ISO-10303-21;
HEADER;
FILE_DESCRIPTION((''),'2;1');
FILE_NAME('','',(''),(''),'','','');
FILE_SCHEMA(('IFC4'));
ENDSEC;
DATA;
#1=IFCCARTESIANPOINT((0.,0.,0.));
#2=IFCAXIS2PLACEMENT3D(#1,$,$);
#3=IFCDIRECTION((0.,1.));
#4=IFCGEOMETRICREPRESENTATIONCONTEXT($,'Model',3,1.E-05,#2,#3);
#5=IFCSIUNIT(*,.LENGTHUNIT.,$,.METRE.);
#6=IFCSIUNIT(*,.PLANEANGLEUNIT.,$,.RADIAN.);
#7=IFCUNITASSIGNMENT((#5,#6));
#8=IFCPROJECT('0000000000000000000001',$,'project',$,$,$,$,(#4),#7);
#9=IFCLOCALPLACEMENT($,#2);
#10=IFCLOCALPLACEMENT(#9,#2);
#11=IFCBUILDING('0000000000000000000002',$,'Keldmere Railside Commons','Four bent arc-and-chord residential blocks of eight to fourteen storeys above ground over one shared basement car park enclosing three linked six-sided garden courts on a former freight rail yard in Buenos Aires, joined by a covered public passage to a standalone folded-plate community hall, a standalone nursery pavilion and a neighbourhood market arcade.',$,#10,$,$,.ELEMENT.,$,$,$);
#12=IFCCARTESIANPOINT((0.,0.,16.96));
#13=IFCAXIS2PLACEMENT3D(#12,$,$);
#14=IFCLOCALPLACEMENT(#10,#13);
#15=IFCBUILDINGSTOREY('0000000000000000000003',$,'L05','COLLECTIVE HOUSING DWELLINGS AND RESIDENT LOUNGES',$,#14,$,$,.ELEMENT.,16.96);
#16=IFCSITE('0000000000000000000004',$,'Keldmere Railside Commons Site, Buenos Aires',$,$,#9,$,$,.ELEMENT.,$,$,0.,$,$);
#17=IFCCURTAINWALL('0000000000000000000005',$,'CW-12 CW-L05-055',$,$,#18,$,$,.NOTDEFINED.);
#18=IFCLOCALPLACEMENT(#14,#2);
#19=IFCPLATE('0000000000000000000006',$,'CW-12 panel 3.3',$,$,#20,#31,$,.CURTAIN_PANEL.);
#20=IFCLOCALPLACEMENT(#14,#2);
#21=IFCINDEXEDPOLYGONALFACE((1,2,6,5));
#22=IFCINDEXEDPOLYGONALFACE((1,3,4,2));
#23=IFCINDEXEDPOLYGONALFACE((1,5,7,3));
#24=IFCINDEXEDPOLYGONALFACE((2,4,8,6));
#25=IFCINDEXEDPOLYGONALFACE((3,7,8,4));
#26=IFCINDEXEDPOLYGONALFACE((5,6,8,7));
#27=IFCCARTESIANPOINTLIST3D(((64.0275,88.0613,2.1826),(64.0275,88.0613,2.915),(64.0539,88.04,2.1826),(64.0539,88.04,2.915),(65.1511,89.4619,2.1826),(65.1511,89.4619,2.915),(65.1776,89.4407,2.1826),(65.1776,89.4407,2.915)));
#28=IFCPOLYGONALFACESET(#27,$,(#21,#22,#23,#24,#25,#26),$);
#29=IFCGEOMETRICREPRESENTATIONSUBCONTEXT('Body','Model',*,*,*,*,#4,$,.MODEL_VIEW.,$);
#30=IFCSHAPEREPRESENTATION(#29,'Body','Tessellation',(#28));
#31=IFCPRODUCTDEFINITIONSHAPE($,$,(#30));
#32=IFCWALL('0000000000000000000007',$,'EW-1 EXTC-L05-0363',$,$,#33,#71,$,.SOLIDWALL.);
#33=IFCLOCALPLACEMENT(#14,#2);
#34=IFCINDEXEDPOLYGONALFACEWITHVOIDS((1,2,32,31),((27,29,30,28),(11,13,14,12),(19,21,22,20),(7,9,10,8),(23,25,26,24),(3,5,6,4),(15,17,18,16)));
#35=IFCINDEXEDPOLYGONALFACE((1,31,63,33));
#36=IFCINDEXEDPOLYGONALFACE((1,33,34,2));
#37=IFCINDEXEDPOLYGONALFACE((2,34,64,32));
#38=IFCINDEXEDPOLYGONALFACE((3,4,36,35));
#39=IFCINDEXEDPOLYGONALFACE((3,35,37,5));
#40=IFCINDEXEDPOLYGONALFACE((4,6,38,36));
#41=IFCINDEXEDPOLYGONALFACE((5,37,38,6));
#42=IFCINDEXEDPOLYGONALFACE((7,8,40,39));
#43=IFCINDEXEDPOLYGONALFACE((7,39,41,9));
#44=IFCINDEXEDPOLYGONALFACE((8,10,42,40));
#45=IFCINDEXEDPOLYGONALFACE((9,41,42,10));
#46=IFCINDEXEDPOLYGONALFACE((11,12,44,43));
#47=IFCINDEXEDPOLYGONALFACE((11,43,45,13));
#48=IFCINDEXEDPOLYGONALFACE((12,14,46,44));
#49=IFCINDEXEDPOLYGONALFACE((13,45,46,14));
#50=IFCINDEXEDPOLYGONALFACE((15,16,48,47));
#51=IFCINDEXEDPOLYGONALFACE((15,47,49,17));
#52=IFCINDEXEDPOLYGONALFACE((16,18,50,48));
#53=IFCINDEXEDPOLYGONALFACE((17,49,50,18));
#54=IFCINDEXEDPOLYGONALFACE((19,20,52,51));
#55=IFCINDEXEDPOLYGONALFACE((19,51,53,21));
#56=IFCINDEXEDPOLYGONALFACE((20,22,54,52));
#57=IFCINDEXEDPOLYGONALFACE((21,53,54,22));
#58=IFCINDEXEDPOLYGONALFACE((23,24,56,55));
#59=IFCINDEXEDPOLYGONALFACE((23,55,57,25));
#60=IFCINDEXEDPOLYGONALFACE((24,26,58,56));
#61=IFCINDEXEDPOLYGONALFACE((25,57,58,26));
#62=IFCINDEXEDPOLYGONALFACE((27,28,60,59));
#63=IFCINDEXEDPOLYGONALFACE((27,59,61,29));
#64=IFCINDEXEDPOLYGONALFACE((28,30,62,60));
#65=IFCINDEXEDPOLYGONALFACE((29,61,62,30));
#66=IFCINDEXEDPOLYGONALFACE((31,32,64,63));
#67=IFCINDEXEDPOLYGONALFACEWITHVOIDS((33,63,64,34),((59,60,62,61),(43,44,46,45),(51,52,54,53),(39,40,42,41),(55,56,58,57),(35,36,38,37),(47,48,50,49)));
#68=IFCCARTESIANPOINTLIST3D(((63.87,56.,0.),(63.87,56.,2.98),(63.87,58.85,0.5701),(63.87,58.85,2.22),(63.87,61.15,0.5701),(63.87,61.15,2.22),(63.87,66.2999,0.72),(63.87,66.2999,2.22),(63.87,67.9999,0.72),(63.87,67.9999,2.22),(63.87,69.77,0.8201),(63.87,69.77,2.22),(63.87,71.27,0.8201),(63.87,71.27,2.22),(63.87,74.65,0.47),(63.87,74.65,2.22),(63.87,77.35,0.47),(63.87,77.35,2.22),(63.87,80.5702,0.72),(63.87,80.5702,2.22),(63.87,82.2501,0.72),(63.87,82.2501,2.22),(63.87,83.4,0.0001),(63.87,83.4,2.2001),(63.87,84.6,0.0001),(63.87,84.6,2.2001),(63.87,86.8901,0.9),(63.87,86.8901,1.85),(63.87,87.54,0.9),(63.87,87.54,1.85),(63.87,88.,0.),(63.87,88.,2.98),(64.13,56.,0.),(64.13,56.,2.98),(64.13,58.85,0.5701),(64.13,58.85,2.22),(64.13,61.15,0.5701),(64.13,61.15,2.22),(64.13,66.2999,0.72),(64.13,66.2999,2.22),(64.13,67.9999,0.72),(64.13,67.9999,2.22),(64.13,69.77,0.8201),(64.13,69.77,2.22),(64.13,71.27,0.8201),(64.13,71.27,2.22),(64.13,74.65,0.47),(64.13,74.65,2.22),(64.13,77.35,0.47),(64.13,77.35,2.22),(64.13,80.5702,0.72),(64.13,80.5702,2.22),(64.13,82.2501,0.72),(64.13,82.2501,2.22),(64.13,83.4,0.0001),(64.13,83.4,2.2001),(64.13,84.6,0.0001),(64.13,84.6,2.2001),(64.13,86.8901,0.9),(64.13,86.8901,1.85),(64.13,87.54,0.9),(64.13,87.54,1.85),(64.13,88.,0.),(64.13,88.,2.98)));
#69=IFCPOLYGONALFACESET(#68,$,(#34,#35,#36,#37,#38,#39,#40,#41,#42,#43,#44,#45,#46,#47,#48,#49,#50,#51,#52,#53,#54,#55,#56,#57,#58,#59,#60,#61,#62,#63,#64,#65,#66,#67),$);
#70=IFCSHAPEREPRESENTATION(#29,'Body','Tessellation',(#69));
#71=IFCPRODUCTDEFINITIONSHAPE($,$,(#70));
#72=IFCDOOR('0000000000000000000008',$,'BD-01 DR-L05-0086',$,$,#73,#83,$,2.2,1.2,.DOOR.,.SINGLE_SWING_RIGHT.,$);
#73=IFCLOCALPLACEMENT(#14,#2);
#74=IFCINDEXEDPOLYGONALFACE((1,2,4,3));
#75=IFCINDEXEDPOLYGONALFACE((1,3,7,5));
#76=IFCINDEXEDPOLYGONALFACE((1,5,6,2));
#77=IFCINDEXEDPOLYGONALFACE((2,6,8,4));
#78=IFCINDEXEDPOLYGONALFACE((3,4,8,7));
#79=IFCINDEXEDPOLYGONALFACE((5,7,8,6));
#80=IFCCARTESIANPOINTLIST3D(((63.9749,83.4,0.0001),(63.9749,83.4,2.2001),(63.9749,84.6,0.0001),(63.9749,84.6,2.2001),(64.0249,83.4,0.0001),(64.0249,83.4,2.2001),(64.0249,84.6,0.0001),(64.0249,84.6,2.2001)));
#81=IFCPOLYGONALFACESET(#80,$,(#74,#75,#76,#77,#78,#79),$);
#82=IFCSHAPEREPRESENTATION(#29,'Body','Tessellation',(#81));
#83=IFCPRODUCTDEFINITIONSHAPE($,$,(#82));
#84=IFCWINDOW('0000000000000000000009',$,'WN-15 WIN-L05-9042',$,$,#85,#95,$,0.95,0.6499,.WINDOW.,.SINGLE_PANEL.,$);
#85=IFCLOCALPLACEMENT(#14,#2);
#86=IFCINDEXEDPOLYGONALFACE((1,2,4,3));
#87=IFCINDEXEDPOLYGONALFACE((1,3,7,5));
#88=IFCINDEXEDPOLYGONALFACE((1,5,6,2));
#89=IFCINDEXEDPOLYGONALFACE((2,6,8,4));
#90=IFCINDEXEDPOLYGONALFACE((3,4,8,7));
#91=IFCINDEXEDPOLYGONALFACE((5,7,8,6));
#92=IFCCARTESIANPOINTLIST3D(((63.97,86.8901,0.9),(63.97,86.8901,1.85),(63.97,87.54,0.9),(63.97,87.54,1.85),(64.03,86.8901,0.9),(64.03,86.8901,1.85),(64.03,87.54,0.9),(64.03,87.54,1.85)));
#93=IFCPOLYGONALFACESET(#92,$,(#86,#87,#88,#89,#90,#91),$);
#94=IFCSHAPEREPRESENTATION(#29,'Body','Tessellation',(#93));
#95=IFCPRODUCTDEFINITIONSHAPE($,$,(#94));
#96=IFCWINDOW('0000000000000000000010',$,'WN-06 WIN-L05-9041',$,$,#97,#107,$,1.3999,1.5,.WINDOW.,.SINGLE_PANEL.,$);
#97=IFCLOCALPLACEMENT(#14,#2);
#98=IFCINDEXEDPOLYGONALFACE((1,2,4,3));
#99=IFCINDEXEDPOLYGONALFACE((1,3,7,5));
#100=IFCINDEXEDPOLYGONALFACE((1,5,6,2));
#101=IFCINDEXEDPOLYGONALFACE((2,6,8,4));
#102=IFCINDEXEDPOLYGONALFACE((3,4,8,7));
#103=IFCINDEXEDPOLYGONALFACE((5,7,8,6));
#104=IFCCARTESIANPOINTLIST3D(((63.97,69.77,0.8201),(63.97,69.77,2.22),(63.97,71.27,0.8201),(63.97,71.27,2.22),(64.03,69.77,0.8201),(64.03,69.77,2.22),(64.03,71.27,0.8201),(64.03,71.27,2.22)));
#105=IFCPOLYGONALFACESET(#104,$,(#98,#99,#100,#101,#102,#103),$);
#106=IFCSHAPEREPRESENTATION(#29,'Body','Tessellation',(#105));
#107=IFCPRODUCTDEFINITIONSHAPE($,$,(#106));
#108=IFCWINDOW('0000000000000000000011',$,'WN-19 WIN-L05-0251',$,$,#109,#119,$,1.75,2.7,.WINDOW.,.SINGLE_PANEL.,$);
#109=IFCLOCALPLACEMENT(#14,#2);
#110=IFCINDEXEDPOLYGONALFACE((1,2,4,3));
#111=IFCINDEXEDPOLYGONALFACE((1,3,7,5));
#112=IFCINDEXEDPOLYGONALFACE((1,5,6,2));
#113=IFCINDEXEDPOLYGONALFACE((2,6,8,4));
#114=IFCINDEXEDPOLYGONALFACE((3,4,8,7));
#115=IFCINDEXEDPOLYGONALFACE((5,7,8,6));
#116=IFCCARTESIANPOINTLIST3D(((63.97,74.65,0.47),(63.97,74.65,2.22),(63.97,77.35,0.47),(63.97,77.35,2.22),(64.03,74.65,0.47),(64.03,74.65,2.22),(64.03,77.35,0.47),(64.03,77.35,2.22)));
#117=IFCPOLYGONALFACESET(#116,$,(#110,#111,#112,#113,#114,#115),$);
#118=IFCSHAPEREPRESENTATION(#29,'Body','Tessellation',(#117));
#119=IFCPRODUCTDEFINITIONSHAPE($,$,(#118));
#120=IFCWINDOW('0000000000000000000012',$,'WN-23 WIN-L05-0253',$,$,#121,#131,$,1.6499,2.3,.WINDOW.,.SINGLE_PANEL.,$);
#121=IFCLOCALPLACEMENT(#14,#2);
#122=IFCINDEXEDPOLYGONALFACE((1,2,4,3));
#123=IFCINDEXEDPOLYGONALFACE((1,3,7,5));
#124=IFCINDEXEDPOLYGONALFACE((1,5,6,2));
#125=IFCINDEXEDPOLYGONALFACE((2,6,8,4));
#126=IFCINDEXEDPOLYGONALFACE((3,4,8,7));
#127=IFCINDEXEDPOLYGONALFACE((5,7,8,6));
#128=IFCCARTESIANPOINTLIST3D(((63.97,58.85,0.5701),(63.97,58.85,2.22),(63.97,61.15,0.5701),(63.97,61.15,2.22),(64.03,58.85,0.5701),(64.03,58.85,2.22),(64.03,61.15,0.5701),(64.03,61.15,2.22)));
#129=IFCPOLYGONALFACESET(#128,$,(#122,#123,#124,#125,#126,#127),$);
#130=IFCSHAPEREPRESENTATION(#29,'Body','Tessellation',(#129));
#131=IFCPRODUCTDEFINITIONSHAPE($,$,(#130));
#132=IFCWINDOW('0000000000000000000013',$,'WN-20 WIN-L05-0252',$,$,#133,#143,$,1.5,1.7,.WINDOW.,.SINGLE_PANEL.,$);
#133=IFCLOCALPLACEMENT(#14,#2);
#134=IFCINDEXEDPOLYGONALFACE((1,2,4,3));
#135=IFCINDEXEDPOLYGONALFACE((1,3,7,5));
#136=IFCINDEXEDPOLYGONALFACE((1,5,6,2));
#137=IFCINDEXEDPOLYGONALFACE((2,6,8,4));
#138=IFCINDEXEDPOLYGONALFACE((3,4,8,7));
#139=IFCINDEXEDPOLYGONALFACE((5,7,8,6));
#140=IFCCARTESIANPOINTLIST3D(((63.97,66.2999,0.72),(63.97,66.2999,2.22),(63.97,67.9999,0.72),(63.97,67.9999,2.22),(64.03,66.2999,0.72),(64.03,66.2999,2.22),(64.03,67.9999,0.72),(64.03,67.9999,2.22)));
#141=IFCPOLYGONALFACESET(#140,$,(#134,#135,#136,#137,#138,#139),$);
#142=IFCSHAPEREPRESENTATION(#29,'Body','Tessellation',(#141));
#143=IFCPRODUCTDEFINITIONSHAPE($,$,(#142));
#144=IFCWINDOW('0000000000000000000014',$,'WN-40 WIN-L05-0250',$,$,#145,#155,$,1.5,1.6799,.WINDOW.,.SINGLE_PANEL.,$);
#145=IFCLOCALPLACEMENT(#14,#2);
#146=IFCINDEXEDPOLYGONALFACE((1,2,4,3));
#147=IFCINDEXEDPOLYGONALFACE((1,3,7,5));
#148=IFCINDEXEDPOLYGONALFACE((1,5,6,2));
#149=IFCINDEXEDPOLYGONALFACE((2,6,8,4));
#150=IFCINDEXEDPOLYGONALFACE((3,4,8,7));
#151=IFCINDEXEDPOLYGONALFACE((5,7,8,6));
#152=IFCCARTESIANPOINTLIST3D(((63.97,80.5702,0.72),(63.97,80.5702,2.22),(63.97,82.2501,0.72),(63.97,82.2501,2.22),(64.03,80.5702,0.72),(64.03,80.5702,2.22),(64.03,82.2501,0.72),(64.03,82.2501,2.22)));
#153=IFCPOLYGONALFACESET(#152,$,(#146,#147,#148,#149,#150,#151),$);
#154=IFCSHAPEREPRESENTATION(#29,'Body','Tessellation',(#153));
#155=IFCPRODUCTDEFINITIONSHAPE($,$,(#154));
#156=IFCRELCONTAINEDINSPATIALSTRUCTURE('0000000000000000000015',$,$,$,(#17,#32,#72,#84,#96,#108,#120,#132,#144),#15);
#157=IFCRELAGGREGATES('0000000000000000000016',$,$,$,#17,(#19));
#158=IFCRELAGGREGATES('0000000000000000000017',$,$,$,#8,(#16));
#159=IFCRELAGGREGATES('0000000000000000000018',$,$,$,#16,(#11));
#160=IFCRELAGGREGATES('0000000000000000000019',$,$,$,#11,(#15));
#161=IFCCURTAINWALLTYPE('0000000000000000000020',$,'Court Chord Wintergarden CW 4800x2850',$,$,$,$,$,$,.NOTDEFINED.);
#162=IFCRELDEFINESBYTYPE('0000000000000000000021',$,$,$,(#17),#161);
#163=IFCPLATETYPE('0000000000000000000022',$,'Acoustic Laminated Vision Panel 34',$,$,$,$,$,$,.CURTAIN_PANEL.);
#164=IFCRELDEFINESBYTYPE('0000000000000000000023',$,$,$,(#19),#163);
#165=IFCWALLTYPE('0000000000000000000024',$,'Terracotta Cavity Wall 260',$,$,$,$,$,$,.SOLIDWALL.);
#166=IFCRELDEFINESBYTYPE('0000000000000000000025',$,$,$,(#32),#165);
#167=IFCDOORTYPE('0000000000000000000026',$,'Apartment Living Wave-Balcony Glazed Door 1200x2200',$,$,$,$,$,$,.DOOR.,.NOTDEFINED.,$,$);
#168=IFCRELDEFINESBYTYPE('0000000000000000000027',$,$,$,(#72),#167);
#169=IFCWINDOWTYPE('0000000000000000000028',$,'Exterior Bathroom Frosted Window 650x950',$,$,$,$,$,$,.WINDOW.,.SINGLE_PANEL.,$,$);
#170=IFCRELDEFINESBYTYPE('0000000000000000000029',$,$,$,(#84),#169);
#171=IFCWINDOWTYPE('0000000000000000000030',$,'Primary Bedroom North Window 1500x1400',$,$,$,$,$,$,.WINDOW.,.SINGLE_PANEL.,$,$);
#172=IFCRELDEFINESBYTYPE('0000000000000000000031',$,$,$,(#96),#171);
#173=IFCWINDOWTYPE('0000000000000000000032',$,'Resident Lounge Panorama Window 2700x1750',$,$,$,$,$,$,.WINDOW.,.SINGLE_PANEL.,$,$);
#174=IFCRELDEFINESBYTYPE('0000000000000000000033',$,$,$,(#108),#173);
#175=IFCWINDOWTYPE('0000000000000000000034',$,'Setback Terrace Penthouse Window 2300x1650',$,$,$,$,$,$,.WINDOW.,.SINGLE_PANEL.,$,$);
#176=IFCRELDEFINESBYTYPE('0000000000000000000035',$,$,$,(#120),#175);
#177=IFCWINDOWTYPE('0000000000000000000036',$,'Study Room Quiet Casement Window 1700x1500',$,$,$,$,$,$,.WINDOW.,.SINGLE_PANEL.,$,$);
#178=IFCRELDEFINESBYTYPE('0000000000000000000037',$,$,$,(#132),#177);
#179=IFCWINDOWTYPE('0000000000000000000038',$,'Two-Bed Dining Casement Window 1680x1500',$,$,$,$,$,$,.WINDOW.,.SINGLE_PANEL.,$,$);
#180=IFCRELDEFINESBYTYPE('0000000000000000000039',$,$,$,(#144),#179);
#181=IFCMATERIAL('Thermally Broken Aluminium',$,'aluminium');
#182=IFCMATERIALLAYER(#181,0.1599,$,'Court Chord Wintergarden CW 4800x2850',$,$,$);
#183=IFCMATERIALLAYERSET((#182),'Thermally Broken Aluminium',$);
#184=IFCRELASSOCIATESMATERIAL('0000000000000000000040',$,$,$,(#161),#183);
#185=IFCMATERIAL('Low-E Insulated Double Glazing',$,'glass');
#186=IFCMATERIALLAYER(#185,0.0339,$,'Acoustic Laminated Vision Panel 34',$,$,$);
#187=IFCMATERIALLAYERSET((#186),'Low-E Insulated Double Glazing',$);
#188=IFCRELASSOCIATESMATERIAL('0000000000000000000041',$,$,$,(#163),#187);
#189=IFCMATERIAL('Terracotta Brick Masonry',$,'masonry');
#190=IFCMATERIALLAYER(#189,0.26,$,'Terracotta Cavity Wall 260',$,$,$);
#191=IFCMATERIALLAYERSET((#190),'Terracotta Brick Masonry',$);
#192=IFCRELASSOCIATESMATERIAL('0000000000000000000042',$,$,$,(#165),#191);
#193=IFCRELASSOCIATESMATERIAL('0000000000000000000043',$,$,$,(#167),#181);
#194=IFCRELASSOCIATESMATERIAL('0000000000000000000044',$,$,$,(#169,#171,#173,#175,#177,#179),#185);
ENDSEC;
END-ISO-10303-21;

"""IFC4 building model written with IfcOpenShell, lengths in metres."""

from ifc_helpers import new_model, si_unit, direction, frame, frame_2d, origin, origin_2d, place, context, subcontext, project, spatial, rectangle, extrude, material, layer, layer_set, type_object, element, fill, aggregate, save


model = new_model("IFC4")

# Units and contexts
model_context = context("Model", 3, precision=1e-05, world=origin(), true_north=direction((0.0, 1.0)))
body_context = subcontext(model_context, "Body", "Model", "MODEL_VIEW")
ifc_project = project(units=[si_unit("LENGTHUNIT", "METRE"), si_unit("PLANEANGLEUNIT", "RADIAN")], contexts=[model_context])

# Site, building, storey
site_placement = place(None, origin())
site = spatial("IfcSite", under=ifc_project, at=site_placement, Name="Keldmere Railside Commons Site, Buenos Aires", CompositionType="ELEMENT", RefElevation=0.0)
building_placement = place(site_placement, origin())
building = spatial("IfcBuilding", under=site, at=building_placement, Name="Keldmere Railside Commons", Description="Four bent arc-and-chord residential blocks of eight to fourteen storeys above ground over one shared basement car park enclosing three linked six-sided garden courts on a former freight rail yard in Buenos Aires, joined by a covered public passage to a standalone folded-plate community hall, a standalone nursery pavilion and a neighbourhood market arcade.", CompositionType="ELEMENT")
storey_placement = place(building_placement, frame((0.0, 0.0, 16.96)))
storey = spatial("IfcBuildingStorey", under=building, at=storey_placement, Name="L05", Description="COLLECTIVE HOUSING DWELLINGS AND RESIDENT LOUNGES", CompositionType="ELEMENT", Elevation=16.96)

# Curtain wall, plate
ifc_material_1 = material(Name="Thermally Broken Aluminium", Category="aluminium")
ifc_layer_1 = layer(ifc_material_1, 0.1599, Name="Court Chord Wintergarden CW 4800x2850")
ifc_layer_set_1 = layer_set([ifc_layer_1], Name="Thermally Broken Aluminium")
curtain_wall_type = type_object("IfcCurtainWallType", Name="Court Chord Wintergarden CW 4800x2850", PredefinedType="NOTDEFINED", material=ifc_layer_set_1)
curtain_wall_placement = place(storey_placement, origin())
curtain_wall = element("IfcCurtainWall", 1, at=curtain_wall_placement, inside=storey, type_object=curtain_wall_type, Name="CW-12 CW-L05-055", PredefinedType="NOTDEFINED")
ifc_material_2 = material(Name="Low-E Insulated Double Glazing", Category="glass")
ifc_layer_2 = layer(ifc_material_2, 0.0339, Name="Acoustic Laminated Vision Panel 34")
ifc_layer_set_2 = layer_set([ifc_layer_2], Name="Low-E Insulated Double Glazing")
plate_type = type_object("IfcPlateType", Name="Acoustic Laminated Vision Panel 34", PredefinedType="CURTAIN_PANEL", material=ifc_layer_set_2)
plate_1_placement = place(storey_placement, frame((64.6025, 88.751, 2.1826), z_axis=(0.0, 0.0, 1.0), x_axis=(-0.625768, -0.780009, 0.0)))
plate_1 = element("IfcPlate", 2, at=plate_1_placement, type_object=plate_type, Name="CW-12 panel 3.3", PredefinedType="CURTAIN_PANEL", context=body_context, shape_type="SweptSolid", body=[
    extrude(rectangle(XDim=1.7957, YDim=0.0339, at=origin_2d()), origin(), (0.0, 0.0, 1.0), 0.7324),
])
aggregate(curtain_wall, [plate_1])

# Wall, openings, door, windows
ifc_material_3 = material(Name="Terracotta Brick Masonry", Category="masonry")
ifc_layer_3 = layer(ifc_material_3, 0.26, Name="Terracotta Cavity Wall 260")
ifc_layer_set_3 = layer_set([ifc_layer_3], Name="Terracotta Brick Masonry")
wall_type = type_object("IfcWallType", Name="Terracotta Cavity Wall 260", PredefinedType="SOLIDWALL", material=ifc_layer_set_3)
wall_placement = place(storey_placement, frame((64.0, 88.0, 0.0), z_axis=(0.0, 0.0, 1.0), x_axis=(0.0, -1.0, 0.0)))
wall = element("IfcWall", 3, at=wall_placement, inside=storey, type_object=wall_type, Name="EW-1 EXTC-L05-0363", PredefinedType="SOLIDWALL", context=body_context, shape_type="SweptSolid", body=[
    extrude(rectangle(XDim=32.0, YDim=0.26, at=frame_2d((16.0, 0.0))), origin(), (0.0, 0.0, 1.0), 2.98),
])
opening_1_placement = place(wall_placement, frame((3.3999, 0.0, 0.0)))
opening_1 = element("IfcOpeningElement", 4, at=opening_1_placement, cuts=wall, PredefinedType="OPENING", context=body_context, shape_type="SweptSolid", body=[
    extrude(rectangle(XDim=1.2, YDim=2.2, at=frame_2d((0.6001, 1.1001))), frame((0.0, 0.1399, 0.0), z_axis=(0.0, -1.0, 0.0), x_axis=(1.0, 0.0, 0.0)), (0.0, 0.0, 1.0), 0.28),
])
opening_2_placement = place(wall_placement, frame((5.75, 0.0, 0.72)))
opening_2 = element("IfcOpeningElement", 5, at=opening_2_placement, cuts=wall, PredefinedType="OPENING", context=body_context, shape_type="SweptSolid", body=[
    extrude(rectangle(XDim=1.6799, YDim=1.5, at=frame_2d((0.8398, 0.75))), frame((0.0, 0.1399, 0.0), z_axis=(0.0, -1.0, 0.0), x_axis=(1.0, 0.0, 0.0)), (0.0, 0.0, 1.0), 0.28),
])
opening_3_placement = place(wall_placement, frame((10.6499, 0.0, 0.47)))
opening_3 = element("IfcOpeningElement", 6, at=opening_3_placement, cuts=wall, PredefinedType="OPENING", context=body_context, shape_type="SweptSolid", body=[
    extrude(rectangle(XDim=2.7, YDim=1.75, at=frame_2d((1.3501, 0.875))), frame((0.0, 0.1399, 0.0), z_axis=(0.0, -1.0, 0.0), x_axis=(1.0, 0.0, 0.0)), (0.0, 0.0, 1.0), 0.28),
])
opening_4_placement = place(wall_placement, frame((20.0, 0.0, 0.72)))
opening_4 = element("IfcOpeningElement", 7, at=opening_4_placement, cuts=wall, PredefinedType="OPENING", context=body_context, shape_type="SweptSolid", body=[
    extrude(rectangle(XDim=1.7, YDim=1.5, at=frame_2d((0.8501, 0.75))), frame((0.0, 0.1399, 0.0), z_axis=(0.0, -1.0, 0.0), x_axis=(1.0, 0.0, 0.0)), (0.0, 0.0, 1.0), 0.28),
])
opening_5_placement = place(wall_placement, frame((26.8501, 0.0, 0.5701)))
opening_5 = element("IfcOpeningElement", 8, at=opening_5_placement, cuts=wall, PredefinedType="OPENING", context=body_context, shape_type="SweptSolid", body=[
    extrude(rectangle(XDim=2.3, YDim=1.6499, at=frame_2d((1.1499, 0.825))), frame((0.0, 0.1399, 0.0), z_axis=(0.0, -1.0, 0.0), x_axis=(1.0, 0.0, 0.0)), (0.0, 0.0, 1.0), 0.28),
])
opening_6_placement = place(wall_placement, frame((16.73, 0.0, 0.8201)))
opening_6 = element("IfcOpeningElement", 9, at=opening_6_placement, cuts=wall, PredefinedType="OPENING", context=body_context, shape_type="SweptSolid", body=[
    extrude(rectangle(XDim=1.5, YDim=1.3999, at=frame_2d((0.75, 0.7))), frame((0.0, 0.1399, 0.0), z_axis=(0.0, -1.0, 0.0), x_axis=(1.0, 0.0, 0.0)), (0.0, 0.0, 1.0), 0.28),
])
opening_7_placement = place(wall_placement, frame((0.46, 0.0, 0.8999)))
opening_7 = element("IfcOpeningElement", 10, at=opening_7_placement, cuts=wall, PredefinedType="OPENING", context=body_context, shape_type="SweptSolid", body=[
    extrude(rectangle(XDim=0.6499, YDim=0.95, at=frame_2d((0.325, 0.4751))), frame((0.0, 0.1399, 0.0), z_axis=(0.0, -1.0, 0.0), x_axis=(1.0, 0.0, 0.0)), (0.0, 0.0, 1.0), 0.28),
])
door_type = type_object("IfcDoorType", Name="Apartment Living Wave-Balcony Glazed Door 1200x2200", OperationType="NOTDEFINED", PredefinedType="DOOR", material=ifc_material_1)
door_placement = place(opening_1_placement, origin())
door = element("IfcDoor", 11, at=door_placement, inside=storey, type_object=door_type, Name="BD-01 DR-L05-0086", OperationType="SINGLE_SWING_RIGHT", OverallHeight=2.2, OverallWidth=1.2, PredefinedType="DOOR", context=body_context, shape_type="SweptSolid", body=[
    extrude(rectangle(XDim=1.2, YDim=2.2, at=frame_2d((0.6001, 1.1001))), frame((0.0, 0.0249, 0.0), z_axis=(0.0, -1.0, 0.0), x_axis=(1.0, 0.0, 0.0)), (0.0, 0.0, 1.0), 0.05),
])
fill(opening_1, door)
window_type_1 = type_object("IfcWindowType", Name="Exterior Bathroom Frosted Window 650x950", PartitioningType="SINGLE_PANEL", PredefinedType="WINDOW", material=ifc_material_2)
window_1_placement = place(opening_7_placement, origin())
window_1 = element("IfcWindow", 12, at=window_1_placement, inside=storey, type_object=window_type_1, Name="WN-15 WIN-L05-9042", OverallHeight=0.95, OverallWidth=0.6499, PartitioningType="SINGLE_PANEL", PredefinedType="WINDOW", context=body_context, shape_type="SweptSolid", body=[
    extrude(rectangle(XDim=0.6499, YDim=0.95, at=frame_2d((0.325, 0.4751))), frame((0.0, 0.03, 0.0), z_axis=(0.0, -1.0, 0.0), x_axis=(1.0, 0.0, 0.0)), (0.0, 0.0, 1.0), 0.0601),
])
fill(opening_7, window_1)
window_type_2 = type_object("IfcWindowType", Name="Primary Bedroom North Window 1500x1400", PartitioningType="SINGLE_PANEL", PredefinedType="WINDOW", material=ifc_material_2)
window_2_placement = place(opening_6_placement, origin())
window_2 = element("IfcWindow", 13, at=window_2_placement, inside=storey, type_object=window_type_2, Name="WN-06 WIN-L05-9041", OverallHeight=1.3999, OverallWidth=1.5, PartitioningType="SINGLE_PANEL", PredefinedType="WINDOW", context=body_context, shape_type="SweptSolid", body=[
    extrude(rectangle(XDim=1.5, YDim=1.3999, at=frame_2d((0.75, 0.7))), frame((0.0, 0.03, 0.0), z_axis=(0.0, -1.0, 0.0), x_axis=(1.0, 0.0, 0.0)), (0.0, 0.0, 1.0), 0.0601),
])
fill(opening_6, window_2)
window_type_3 = type_object("IfcWindowType", Name="Resident Lounge Panorama Window 2700x1750", PartitioningType="SINGLE_PANEL", PredefinedType="WINDOW", material=ifc_material_2)
window_3_placement = place(opening_3_placement, origin())
window_3 = element("IfcWindow", 14, at=window_3_placement, inside=storey, type_object=window_type_3, Name="WN-19 WIN-L05-0251", OverallHeight=1.75, OverallWidth=2.7, PartitioningType="SINGLE_PANEL", PredefinedType="WINDOW", context=body_context, shape_type="SweptSolid", body=[
    extrude(rectangle(XDim=2.7, YDim=1.75, at=frame_2d((1.3501, 0.875))), frame((0.0, 0.03, 0.0), z_axis=(0.0, -1.0, 0.0), x_axis=(1.0, 0.0, 0.0)), (0.0, 0.0, 1.0), 0.0601),
])
fill(opening_3, window_3)
window_type_4 = type_object("IfcWindowType", Name="Setback Terrace Penthouse Window 2300x1650", PartitioningType="SINGLE_PANEL", PredefinedType="WINDOW", material=ifc_material_2)
window_4_placement = place(opening_5_placement, origin())
window_4 = element("IfcWindow", 15, at=window_4_placement, inside=storey, type_object=window_type_4, Name="WN-23 WIN-L05-0253", OverallHeight=1.6499, OverallWidth=2.3, PartitioningType="SINGLE_PANEL", PredefinedType="WINDOW", context=body_context, shape_type="SweptSolid", body=[
    extrude(rectangle(XDim=2.3, YDim=1.6499, at=frame_2d((1.1499, 0.825))), frame((0.0, 0.03, 0.0), z_axis=(0.0, -1.0, 0.0), x_axis=(1.0, 0.0, 0.0)), (0.0, 0.0, 1.0), 0.0601),
])
fill(opening_5, window_4)
window_type_5 = type_object("IfcWindowType", Name="Study Room Quiet Casement Window 1700x1500", PartitioningType="SINGLE_PANEL", PredefinedType="WINDOW", material=ifc_material_2)
window_5_placement = place(opening_4_placement, origin())
window_5 = element("IfcWindow", 16, at=window_5_placement, inside=storey, type_object=window_type_5, Name="WN-20 WIN-L05-0252", OverallHeight=1.5, OverallWidth=1.7, PartitioningType="SINGLE_PANEL", PredefinedType="WINDOW", context=body_context, shape_type="SweptSolid", body=[
    extrude(rectangle(XDim=1.7, YDim=1.5, at=frame_2d((0.8501, 0.75))), frame((0.0, 0.03, 0.0), z_axis=(0.0, -1.0, 0.0), x_axis=(1.0, 0.0, 0.0)), (0.0, 0.0, 1.0), 0.0601),
])
fill(opening_4, window_5)
window_type_6 = type_object("IfcWindowType", Name="Two-Bed Dining Casement Window 1680x1500", PartitioningType="SINGLE_PANEL", PredefinedType="WINDOW", material=ifc_material_2)
window_6_placement = place(opening_2_placement, origin())
window_6 = element("IfcWindow", 17, at=window_6_placement, inside=storey, type_object=window_type_6, Name="WN-40 WIN-L05-0250", OverallHeight=1.5, OverallWidth=1.6799, PartitioningType="SINGLE_PANEL", PredefinedType="WINDOW", context=body_context, shape_type="SweptSolid", body=[
    extrude(rectangle(XDim=1.6799, YDim=1.5, at=frame_2d((0.8398, 0.75))), frame((0.0, 0.03, 0.0), z_axis=(0.0, -1.0, 0.0), x_axis=(1.0, 0.0, 0.0)), (0.0, 0.0, 1.0), 0.0601),
])
fill(opening_2, window_6)

save(model, "model.ifc")
